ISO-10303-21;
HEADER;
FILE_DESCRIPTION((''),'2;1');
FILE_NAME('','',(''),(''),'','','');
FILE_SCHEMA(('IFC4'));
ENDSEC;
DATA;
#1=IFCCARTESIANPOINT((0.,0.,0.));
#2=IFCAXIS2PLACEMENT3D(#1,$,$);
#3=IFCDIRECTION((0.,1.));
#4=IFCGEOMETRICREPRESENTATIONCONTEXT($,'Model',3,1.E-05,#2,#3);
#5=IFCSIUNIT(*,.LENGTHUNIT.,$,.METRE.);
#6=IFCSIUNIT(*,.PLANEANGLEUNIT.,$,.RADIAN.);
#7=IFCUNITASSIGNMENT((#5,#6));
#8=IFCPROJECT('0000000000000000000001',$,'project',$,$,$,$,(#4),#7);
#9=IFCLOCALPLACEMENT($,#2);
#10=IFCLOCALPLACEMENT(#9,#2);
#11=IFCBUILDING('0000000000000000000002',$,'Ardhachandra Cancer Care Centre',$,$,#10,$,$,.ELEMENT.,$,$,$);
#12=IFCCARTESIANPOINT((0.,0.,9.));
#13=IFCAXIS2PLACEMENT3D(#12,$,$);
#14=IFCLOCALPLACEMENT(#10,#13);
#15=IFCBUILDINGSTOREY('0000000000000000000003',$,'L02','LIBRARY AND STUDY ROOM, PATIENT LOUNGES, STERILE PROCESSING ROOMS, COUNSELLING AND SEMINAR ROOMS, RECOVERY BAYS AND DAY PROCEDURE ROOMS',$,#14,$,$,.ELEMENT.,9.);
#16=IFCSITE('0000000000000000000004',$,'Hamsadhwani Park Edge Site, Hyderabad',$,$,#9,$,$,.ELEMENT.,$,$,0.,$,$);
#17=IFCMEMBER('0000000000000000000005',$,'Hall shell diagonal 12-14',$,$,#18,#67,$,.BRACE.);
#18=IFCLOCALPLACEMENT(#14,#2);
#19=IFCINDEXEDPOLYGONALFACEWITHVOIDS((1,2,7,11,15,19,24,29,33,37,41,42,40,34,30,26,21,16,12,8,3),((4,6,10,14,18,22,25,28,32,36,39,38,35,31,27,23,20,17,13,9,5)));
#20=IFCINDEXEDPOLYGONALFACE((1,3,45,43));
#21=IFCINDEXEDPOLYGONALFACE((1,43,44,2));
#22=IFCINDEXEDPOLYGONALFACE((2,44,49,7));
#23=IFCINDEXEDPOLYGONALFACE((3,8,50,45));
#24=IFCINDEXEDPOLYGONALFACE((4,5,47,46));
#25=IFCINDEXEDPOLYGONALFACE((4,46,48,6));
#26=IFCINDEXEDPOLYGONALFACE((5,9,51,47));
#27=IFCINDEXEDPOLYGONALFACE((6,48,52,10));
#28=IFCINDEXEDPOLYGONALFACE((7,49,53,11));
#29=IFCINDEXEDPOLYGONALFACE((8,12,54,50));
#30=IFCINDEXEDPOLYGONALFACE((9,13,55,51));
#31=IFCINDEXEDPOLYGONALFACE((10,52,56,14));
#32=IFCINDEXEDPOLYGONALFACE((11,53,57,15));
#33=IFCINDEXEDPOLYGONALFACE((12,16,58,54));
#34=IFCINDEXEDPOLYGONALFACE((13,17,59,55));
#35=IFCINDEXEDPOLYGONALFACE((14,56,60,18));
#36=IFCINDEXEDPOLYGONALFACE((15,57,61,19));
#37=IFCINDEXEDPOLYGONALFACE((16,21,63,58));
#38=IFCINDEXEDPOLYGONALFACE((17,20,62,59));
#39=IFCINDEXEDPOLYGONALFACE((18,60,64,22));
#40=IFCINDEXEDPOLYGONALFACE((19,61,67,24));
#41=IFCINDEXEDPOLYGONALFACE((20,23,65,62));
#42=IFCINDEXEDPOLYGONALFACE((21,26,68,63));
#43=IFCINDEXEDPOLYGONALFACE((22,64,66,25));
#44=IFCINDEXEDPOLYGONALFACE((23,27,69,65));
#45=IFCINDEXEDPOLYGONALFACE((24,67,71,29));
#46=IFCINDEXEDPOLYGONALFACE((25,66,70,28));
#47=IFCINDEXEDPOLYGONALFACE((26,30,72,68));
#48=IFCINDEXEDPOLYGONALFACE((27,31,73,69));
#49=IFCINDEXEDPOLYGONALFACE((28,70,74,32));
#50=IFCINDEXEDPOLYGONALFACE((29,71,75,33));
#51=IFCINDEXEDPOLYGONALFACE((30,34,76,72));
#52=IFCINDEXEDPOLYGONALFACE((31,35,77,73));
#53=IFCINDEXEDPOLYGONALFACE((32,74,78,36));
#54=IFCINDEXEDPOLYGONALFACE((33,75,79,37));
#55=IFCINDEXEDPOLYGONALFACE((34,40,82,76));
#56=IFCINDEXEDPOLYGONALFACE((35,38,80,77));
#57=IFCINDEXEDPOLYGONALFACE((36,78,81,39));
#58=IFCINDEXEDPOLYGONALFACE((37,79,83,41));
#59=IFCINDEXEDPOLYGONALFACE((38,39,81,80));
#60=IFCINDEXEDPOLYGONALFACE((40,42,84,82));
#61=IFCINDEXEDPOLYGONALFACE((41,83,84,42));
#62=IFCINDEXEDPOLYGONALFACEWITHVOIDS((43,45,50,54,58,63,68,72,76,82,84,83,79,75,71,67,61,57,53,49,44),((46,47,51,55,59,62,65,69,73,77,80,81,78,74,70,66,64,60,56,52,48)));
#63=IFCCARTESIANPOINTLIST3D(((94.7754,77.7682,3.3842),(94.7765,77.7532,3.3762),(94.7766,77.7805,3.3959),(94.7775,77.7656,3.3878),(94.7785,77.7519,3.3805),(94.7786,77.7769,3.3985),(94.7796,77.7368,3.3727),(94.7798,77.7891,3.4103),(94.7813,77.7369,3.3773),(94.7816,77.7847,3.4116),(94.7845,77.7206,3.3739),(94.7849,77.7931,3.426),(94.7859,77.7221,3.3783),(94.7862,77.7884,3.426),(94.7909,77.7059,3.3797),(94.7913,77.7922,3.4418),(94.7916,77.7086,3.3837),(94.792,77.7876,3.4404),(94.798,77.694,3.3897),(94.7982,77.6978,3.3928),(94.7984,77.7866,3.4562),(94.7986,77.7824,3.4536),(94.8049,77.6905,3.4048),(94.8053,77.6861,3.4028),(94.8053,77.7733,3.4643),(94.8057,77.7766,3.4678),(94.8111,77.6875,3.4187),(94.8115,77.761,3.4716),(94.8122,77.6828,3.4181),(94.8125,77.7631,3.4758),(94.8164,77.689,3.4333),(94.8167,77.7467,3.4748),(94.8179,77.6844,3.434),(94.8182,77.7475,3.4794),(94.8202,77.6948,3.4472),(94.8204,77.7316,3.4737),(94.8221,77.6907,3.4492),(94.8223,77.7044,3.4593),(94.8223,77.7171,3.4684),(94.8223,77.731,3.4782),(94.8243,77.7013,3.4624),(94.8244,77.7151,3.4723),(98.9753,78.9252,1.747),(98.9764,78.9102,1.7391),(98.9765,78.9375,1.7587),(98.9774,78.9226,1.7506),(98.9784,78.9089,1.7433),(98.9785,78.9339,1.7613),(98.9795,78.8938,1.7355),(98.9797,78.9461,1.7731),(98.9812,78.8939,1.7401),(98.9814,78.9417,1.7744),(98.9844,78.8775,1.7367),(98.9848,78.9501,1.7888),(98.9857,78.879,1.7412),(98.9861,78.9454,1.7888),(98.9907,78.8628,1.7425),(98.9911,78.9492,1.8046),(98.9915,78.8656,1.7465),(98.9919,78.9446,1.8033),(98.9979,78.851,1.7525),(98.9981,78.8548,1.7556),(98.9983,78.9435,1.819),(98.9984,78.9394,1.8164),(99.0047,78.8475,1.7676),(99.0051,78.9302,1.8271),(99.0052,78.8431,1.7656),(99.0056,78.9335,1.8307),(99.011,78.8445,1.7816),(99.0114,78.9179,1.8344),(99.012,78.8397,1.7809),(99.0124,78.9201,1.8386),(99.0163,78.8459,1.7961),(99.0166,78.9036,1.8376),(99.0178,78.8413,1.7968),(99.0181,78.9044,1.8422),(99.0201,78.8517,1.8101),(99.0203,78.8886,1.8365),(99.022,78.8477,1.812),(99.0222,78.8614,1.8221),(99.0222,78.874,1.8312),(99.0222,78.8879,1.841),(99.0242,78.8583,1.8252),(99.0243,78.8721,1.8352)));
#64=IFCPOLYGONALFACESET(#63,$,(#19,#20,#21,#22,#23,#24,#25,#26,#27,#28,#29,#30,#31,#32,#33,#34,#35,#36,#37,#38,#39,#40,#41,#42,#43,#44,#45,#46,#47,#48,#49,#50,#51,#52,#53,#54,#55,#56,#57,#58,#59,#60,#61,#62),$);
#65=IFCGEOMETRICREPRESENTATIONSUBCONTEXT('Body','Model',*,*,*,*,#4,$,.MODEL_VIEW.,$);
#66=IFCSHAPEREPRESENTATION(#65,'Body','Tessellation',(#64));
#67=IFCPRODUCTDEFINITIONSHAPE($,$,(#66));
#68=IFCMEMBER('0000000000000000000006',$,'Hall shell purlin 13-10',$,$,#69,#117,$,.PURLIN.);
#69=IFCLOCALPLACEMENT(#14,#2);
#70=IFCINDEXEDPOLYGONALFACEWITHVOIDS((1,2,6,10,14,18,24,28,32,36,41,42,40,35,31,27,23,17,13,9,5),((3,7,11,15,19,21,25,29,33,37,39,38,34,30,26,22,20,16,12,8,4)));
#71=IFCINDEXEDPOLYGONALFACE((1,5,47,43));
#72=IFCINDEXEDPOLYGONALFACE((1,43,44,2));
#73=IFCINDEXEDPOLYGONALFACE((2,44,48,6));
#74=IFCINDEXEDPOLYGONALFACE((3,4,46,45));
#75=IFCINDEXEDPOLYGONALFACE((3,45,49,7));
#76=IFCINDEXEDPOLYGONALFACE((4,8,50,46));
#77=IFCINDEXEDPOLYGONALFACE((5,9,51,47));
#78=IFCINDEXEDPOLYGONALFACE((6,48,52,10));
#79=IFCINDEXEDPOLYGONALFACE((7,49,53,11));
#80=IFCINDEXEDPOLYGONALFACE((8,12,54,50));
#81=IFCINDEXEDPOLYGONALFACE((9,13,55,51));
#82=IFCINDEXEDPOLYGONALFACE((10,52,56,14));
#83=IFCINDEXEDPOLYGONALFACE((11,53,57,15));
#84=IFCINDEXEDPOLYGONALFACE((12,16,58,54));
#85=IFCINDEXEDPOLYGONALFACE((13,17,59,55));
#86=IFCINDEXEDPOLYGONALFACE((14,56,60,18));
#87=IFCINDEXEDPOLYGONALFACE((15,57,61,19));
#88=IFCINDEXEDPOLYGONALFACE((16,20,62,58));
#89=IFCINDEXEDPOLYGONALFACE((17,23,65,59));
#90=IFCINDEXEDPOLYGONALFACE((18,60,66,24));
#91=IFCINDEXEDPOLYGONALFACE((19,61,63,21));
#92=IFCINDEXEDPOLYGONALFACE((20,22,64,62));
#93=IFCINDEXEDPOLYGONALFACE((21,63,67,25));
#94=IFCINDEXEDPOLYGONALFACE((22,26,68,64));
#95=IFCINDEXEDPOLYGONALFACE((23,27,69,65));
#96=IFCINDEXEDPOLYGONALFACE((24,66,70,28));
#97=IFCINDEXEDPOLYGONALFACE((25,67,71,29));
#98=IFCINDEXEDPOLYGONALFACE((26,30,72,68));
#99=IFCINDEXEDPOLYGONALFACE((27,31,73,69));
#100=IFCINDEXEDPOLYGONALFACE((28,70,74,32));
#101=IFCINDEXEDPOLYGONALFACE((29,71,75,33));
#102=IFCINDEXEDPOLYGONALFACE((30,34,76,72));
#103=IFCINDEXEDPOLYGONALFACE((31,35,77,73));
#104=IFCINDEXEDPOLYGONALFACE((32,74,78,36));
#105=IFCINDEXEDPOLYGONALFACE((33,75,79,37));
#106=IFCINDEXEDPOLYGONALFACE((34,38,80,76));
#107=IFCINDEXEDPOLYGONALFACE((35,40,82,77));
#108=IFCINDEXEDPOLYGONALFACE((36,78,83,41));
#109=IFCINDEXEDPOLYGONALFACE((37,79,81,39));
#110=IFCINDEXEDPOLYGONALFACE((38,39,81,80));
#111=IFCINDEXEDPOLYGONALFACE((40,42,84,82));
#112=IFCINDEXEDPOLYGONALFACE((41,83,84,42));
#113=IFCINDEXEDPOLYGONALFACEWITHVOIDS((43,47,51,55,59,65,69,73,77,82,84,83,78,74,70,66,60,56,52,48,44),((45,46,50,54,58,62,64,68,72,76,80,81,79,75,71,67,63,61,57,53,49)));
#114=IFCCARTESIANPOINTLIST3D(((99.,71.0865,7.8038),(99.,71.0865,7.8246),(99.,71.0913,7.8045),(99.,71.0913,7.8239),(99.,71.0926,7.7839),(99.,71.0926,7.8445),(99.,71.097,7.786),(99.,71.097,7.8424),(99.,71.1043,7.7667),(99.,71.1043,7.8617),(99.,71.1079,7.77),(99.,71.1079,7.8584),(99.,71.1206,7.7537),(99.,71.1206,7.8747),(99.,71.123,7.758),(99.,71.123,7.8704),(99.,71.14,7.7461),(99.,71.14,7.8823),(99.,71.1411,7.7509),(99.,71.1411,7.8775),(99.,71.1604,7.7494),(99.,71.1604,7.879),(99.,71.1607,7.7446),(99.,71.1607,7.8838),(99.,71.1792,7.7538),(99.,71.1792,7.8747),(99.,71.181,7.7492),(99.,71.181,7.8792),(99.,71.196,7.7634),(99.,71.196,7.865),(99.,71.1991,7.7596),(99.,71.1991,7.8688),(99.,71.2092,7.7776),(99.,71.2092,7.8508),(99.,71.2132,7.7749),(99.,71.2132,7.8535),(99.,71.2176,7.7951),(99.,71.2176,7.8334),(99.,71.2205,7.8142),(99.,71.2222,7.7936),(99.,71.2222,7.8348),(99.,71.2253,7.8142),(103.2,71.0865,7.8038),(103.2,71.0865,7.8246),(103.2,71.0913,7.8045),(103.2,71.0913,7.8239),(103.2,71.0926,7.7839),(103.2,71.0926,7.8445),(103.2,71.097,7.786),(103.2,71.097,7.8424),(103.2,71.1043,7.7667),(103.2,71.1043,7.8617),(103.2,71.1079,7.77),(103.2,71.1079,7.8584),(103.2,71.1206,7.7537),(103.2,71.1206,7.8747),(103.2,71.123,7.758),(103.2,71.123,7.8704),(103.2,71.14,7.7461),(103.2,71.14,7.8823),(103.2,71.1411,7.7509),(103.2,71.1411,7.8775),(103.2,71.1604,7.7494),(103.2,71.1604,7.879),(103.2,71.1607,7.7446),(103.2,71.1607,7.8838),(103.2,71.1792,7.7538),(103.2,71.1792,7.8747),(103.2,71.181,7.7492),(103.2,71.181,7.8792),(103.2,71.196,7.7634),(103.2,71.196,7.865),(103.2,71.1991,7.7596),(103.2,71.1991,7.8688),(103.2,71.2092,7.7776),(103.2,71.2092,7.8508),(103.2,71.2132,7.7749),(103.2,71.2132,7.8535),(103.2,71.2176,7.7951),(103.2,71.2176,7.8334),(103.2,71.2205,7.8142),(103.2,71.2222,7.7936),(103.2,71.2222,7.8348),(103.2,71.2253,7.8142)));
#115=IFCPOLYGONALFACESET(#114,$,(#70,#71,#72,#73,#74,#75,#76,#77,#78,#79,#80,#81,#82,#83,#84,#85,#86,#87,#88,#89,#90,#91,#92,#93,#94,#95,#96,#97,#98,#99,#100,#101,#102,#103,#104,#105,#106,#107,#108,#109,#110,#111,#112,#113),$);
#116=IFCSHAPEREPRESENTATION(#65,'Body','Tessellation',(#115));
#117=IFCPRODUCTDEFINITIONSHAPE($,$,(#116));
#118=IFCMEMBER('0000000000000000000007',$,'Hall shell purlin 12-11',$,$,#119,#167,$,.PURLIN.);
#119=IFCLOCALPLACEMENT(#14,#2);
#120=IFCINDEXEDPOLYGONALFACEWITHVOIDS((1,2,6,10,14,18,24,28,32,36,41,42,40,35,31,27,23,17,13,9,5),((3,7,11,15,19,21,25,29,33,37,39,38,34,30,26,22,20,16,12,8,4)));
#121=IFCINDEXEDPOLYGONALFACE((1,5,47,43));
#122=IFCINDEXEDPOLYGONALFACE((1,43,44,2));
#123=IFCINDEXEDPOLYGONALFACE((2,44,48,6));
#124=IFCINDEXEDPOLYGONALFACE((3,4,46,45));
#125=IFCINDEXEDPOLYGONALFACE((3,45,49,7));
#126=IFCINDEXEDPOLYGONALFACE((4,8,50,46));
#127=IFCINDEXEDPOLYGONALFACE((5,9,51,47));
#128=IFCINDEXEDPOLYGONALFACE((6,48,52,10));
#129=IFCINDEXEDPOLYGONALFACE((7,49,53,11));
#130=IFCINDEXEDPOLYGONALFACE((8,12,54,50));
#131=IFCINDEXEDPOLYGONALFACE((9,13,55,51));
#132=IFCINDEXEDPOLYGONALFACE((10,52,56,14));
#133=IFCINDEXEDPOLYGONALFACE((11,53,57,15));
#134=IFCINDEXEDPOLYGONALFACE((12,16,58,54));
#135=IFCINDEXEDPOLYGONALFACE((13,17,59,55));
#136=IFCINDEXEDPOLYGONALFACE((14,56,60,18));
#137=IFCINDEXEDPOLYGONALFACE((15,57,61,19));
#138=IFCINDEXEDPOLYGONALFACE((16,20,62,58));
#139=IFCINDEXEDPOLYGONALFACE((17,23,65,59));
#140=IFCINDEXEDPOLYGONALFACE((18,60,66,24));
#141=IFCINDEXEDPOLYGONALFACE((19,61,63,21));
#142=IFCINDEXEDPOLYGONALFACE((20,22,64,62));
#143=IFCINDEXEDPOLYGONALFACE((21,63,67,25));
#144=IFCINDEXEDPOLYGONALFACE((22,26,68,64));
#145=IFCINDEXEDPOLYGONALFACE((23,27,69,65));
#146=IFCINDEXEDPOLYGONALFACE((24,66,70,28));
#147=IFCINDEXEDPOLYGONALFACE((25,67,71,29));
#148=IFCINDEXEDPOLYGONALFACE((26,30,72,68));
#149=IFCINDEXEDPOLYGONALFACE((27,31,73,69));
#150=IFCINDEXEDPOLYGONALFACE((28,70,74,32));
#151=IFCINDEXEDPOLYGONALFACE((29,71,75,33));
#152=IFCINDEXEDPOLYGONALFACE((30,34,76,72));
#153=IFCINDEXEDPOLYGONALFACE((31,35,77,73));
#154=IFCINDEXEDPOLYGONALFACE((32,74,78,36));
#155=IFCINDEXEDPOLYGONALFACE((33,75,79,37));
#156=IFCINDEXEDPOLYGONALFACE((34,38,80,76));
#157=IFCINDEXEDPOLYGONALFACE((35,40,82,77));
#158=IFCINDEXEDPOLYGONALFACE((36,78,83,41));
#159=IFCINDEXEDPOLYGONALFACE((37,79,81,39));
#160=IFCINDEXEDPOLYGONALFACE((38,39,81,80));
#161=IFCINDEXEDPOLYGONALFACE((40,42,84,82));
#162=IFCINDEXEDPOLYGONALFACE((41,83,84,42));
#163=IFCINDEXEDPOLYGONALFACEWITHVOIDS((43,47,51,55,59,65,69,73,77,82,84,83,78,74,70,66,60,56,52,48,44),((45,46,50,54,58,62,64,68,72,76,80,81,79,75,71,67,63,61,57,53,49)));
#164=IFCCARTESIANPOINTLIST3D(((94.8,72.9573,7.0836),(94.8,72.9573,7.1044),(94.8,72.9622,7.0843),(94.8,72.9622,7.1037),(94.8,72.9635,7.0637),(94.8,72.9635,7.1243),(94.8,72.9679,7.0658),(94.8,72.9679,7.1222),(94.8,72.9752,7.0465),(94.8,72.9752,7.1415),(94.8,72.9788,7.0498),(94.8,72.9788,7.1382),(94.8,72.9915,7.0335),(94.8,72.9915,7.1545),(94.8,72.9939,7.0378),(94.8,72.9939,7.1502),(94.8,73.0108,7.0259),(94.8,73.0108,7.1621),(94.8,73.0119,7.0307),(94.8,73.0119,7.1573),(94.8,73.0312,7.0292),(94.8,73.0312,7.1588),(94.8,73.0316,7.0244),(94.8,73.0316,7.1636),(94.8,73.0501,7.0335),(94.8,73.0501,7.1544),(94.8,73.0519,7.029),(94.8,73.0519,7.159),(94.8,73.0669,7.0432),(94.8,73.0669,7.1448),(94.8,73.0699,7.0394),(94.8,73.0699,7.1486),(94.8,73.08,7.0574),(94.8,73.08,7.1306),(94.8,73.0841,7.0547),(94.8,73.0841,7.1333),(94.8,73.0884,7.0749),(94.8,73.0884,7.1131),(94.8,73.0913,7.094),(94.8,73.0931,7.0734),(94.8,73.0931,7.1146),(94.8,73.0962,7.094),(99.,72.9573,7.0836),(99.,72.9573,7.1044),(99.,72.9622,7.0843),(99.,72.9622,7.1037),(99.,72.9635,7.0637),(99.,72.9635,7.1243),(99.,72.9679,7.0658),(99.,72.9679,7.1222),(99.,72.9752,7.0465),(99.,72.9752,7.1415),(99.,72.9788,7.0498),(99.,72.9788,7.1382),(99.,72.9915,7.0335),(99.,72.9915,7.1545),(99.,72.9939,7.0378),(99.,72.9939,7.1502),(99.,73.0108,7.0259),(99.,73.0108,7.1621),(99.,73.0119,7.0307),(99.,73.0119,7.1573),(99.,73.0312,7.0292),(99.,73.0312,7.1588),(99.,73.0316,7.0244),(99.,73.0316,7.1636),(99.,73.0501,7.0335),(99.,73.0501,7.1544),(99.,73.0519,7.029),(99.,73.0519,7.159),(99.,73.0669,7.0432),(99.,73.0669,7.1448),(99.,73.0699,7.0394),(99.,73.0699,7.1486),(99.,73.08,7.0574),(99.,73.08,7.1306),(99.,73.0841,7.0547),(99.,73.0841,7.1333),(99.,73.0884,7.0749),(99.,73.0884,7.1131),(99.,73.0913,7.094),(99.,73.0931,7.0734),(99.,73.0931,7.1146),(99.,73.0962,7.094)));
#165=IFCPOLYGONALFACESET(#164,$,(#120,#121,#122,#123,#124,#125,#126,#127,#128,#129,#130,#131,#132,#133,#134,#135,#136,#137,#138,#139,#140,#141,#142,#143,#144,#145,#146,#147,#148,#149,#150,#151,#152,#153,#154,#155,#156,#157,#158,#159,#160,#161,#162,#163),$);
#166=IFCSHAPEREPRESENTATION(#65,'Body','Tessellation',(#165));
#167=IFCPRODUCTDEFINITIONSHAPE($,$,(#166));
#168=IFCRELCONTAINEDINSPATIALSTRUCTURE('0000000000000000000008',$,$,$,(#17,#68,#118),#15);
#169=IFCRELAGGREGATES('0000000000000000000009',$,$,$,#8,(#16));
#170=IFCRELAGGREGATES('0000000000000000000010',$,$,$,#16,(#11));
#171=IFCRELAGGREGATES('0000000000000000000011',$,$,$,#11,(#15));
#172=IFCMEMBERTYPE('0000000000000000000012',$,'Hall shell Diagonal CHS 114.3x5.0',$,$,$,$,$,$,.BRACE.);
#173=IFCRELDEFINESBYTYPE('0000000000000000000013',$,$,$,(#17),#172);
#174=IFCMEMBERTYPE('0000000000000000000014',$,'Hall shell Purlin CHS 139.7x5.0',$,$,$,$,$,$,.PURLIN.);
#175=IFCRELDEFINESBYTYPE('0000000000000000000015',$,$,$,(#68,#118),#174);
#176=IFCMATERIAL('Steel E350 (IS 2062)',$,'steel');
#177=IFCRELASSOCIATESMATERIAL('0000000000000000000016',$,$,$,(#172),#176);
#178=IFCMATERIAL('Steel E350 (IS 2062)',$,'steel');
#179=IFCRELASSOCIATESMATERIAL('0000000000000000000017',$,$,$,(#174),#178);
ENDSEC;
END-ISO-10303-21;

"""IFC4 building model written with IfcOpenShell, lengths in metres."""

from ifc_helpers import new_model, si_unit, direction, frame, origin, origin_2d, place, context, subcontext, project, spatial, hollow_circle, extrude, material, material_profile, profile_set, type_object, element, save


model = new_model("IFC4")

# Units and contexts
model_context = context("Model", 3, precision=1e-05, world=origin(), true_north=direction((0.0, 1.0)))
body_context = subcontext(model_context, "Body", "Model", "MODEL_VIEW")
ifc_project = project(units=[si_unit("LENGTHUNIT", "METRE"), si_unit("PLANEANGLEUNIT", "RADIAN")], contexts=[model_context])

# Site, building, storey
site_placement = place(None, origin())
site = spatial("IfcSite", under=ifc_project, at=site_placement, Name="Hamsadhwani Park Edge Site, Hyderabad", CompositionType="ELEMENT", RefElevation=0.0)
building_placement = place(site_placement, origin())
building = spatial("IfcBuilding", under=site, at=building_placement, Name="Ardhachandra Cancer Care Centre", CompositionType="ELEMENT")
storey_placement = place(building_placement, frame((0.0, 0.0, 9.0)))
storey = spatial("IfcBuildingStorey", under=building, at=storey_placement, Name="L02", Description="LIBRARY AND STUDY ROOM, PATIENT LOUNGES, STERILE PROCESSING ROOMS, COUNSELLING AND SEMINAR ROOMS, RECOVERY BAYS AND DAY PROCEDURE ROOMS", CompositionType="ELEMENT", Elevation=9.0)

# Members
ifc_material_1 = material(Name="Steel E350 (IS 2062)", Category="steel")
ifc_material_profile_1 = material_profile(ifc_material_1, hollow_circle(Radius=0.0571, WallThickness=0.0049, at=origin_2d()), Name="CHS 114.3x5.0")
ifc_profile_set_1 = profile_set([ifc_material_profile_1], Name="Steel E350 (IS 2062)")
member_type_1 = type_object("IfcMemberType", Name="Hall shell Diagonal CHS 114.3x5.0", PredefinedType="BRACE", material=ifc_profile_set_1)
for number, where, z_axis, x_axis, name in (
    (1, (94.8, 77.738, 3.426), (0.902461, 0.248606, -0.351794), (-0.265582, 0.964088, 0.0), "Hall shell diagonal 12-14"),
):
    element("IfcMember", number, at=place(storey_placement, frame(where, z_axis=z_axis, x_axis=x_axis)), inside=storey, type_object=member_type_1, Name=name, PredefinedType="BRACE", context=body_context, shape_type="SweptSolid", body=[
        extrude(hollow_circle(Radius=0.0571, WallThickness=0.0049, at=origin_2d()), origin(), (0.0, 0.0, 1.0), 4.6538),
    ])
ifc_material_2 = material(Name="Steel E350 (IS 2062)", Category="steel")
ifc_material_profile_2 = material_profile(ifc_material_2, hollow_circle(Radius=0.0698, WallThickness=0.0049, at=origin_2d()), Name="CHS 139.7x5.0")
ifc_profile_set_2 = profile_set([ifc_material_profile_2], Name="Steel E350 (IS 2062)")
member_type_2 = type_object("IfcMemberType", Name="Hall shell Purlin CHS 139.7x5.0", PredefinedType="PURLIN", material=ifc_profile_set_2)
for number, where, z_axis, x_axis, name in (
    (2, (99.0, 71.1555, 7.8142), (1.0, 0.0, 0.0), (0.0, 1.0, 0.0), "Hall shell purlin 13-10"),
    (3, (94.8, 73.0264, 7.094), (1.0, 0.0, 0.0), (0.0, 1.0, 0.0), "Hall shell purlin 12-11"),
):
    element("IfcMember", number, at=place(storey_placement, frame(where, z_axis=z_axis, x_axis=x_axis)), inside=storey, type_object=member_type_2, Name=name, PredefinedType="PURLIN", context=body_context, shape_type="SweptSolid", body=[
        extrude(hollow_circle(Radius=0.0698, WallThickness=0.0049, at=origin_2d()), origin(), (0.0, 0.0, 1.0), 4.2),
    ])

save(model, "model.ifc")
